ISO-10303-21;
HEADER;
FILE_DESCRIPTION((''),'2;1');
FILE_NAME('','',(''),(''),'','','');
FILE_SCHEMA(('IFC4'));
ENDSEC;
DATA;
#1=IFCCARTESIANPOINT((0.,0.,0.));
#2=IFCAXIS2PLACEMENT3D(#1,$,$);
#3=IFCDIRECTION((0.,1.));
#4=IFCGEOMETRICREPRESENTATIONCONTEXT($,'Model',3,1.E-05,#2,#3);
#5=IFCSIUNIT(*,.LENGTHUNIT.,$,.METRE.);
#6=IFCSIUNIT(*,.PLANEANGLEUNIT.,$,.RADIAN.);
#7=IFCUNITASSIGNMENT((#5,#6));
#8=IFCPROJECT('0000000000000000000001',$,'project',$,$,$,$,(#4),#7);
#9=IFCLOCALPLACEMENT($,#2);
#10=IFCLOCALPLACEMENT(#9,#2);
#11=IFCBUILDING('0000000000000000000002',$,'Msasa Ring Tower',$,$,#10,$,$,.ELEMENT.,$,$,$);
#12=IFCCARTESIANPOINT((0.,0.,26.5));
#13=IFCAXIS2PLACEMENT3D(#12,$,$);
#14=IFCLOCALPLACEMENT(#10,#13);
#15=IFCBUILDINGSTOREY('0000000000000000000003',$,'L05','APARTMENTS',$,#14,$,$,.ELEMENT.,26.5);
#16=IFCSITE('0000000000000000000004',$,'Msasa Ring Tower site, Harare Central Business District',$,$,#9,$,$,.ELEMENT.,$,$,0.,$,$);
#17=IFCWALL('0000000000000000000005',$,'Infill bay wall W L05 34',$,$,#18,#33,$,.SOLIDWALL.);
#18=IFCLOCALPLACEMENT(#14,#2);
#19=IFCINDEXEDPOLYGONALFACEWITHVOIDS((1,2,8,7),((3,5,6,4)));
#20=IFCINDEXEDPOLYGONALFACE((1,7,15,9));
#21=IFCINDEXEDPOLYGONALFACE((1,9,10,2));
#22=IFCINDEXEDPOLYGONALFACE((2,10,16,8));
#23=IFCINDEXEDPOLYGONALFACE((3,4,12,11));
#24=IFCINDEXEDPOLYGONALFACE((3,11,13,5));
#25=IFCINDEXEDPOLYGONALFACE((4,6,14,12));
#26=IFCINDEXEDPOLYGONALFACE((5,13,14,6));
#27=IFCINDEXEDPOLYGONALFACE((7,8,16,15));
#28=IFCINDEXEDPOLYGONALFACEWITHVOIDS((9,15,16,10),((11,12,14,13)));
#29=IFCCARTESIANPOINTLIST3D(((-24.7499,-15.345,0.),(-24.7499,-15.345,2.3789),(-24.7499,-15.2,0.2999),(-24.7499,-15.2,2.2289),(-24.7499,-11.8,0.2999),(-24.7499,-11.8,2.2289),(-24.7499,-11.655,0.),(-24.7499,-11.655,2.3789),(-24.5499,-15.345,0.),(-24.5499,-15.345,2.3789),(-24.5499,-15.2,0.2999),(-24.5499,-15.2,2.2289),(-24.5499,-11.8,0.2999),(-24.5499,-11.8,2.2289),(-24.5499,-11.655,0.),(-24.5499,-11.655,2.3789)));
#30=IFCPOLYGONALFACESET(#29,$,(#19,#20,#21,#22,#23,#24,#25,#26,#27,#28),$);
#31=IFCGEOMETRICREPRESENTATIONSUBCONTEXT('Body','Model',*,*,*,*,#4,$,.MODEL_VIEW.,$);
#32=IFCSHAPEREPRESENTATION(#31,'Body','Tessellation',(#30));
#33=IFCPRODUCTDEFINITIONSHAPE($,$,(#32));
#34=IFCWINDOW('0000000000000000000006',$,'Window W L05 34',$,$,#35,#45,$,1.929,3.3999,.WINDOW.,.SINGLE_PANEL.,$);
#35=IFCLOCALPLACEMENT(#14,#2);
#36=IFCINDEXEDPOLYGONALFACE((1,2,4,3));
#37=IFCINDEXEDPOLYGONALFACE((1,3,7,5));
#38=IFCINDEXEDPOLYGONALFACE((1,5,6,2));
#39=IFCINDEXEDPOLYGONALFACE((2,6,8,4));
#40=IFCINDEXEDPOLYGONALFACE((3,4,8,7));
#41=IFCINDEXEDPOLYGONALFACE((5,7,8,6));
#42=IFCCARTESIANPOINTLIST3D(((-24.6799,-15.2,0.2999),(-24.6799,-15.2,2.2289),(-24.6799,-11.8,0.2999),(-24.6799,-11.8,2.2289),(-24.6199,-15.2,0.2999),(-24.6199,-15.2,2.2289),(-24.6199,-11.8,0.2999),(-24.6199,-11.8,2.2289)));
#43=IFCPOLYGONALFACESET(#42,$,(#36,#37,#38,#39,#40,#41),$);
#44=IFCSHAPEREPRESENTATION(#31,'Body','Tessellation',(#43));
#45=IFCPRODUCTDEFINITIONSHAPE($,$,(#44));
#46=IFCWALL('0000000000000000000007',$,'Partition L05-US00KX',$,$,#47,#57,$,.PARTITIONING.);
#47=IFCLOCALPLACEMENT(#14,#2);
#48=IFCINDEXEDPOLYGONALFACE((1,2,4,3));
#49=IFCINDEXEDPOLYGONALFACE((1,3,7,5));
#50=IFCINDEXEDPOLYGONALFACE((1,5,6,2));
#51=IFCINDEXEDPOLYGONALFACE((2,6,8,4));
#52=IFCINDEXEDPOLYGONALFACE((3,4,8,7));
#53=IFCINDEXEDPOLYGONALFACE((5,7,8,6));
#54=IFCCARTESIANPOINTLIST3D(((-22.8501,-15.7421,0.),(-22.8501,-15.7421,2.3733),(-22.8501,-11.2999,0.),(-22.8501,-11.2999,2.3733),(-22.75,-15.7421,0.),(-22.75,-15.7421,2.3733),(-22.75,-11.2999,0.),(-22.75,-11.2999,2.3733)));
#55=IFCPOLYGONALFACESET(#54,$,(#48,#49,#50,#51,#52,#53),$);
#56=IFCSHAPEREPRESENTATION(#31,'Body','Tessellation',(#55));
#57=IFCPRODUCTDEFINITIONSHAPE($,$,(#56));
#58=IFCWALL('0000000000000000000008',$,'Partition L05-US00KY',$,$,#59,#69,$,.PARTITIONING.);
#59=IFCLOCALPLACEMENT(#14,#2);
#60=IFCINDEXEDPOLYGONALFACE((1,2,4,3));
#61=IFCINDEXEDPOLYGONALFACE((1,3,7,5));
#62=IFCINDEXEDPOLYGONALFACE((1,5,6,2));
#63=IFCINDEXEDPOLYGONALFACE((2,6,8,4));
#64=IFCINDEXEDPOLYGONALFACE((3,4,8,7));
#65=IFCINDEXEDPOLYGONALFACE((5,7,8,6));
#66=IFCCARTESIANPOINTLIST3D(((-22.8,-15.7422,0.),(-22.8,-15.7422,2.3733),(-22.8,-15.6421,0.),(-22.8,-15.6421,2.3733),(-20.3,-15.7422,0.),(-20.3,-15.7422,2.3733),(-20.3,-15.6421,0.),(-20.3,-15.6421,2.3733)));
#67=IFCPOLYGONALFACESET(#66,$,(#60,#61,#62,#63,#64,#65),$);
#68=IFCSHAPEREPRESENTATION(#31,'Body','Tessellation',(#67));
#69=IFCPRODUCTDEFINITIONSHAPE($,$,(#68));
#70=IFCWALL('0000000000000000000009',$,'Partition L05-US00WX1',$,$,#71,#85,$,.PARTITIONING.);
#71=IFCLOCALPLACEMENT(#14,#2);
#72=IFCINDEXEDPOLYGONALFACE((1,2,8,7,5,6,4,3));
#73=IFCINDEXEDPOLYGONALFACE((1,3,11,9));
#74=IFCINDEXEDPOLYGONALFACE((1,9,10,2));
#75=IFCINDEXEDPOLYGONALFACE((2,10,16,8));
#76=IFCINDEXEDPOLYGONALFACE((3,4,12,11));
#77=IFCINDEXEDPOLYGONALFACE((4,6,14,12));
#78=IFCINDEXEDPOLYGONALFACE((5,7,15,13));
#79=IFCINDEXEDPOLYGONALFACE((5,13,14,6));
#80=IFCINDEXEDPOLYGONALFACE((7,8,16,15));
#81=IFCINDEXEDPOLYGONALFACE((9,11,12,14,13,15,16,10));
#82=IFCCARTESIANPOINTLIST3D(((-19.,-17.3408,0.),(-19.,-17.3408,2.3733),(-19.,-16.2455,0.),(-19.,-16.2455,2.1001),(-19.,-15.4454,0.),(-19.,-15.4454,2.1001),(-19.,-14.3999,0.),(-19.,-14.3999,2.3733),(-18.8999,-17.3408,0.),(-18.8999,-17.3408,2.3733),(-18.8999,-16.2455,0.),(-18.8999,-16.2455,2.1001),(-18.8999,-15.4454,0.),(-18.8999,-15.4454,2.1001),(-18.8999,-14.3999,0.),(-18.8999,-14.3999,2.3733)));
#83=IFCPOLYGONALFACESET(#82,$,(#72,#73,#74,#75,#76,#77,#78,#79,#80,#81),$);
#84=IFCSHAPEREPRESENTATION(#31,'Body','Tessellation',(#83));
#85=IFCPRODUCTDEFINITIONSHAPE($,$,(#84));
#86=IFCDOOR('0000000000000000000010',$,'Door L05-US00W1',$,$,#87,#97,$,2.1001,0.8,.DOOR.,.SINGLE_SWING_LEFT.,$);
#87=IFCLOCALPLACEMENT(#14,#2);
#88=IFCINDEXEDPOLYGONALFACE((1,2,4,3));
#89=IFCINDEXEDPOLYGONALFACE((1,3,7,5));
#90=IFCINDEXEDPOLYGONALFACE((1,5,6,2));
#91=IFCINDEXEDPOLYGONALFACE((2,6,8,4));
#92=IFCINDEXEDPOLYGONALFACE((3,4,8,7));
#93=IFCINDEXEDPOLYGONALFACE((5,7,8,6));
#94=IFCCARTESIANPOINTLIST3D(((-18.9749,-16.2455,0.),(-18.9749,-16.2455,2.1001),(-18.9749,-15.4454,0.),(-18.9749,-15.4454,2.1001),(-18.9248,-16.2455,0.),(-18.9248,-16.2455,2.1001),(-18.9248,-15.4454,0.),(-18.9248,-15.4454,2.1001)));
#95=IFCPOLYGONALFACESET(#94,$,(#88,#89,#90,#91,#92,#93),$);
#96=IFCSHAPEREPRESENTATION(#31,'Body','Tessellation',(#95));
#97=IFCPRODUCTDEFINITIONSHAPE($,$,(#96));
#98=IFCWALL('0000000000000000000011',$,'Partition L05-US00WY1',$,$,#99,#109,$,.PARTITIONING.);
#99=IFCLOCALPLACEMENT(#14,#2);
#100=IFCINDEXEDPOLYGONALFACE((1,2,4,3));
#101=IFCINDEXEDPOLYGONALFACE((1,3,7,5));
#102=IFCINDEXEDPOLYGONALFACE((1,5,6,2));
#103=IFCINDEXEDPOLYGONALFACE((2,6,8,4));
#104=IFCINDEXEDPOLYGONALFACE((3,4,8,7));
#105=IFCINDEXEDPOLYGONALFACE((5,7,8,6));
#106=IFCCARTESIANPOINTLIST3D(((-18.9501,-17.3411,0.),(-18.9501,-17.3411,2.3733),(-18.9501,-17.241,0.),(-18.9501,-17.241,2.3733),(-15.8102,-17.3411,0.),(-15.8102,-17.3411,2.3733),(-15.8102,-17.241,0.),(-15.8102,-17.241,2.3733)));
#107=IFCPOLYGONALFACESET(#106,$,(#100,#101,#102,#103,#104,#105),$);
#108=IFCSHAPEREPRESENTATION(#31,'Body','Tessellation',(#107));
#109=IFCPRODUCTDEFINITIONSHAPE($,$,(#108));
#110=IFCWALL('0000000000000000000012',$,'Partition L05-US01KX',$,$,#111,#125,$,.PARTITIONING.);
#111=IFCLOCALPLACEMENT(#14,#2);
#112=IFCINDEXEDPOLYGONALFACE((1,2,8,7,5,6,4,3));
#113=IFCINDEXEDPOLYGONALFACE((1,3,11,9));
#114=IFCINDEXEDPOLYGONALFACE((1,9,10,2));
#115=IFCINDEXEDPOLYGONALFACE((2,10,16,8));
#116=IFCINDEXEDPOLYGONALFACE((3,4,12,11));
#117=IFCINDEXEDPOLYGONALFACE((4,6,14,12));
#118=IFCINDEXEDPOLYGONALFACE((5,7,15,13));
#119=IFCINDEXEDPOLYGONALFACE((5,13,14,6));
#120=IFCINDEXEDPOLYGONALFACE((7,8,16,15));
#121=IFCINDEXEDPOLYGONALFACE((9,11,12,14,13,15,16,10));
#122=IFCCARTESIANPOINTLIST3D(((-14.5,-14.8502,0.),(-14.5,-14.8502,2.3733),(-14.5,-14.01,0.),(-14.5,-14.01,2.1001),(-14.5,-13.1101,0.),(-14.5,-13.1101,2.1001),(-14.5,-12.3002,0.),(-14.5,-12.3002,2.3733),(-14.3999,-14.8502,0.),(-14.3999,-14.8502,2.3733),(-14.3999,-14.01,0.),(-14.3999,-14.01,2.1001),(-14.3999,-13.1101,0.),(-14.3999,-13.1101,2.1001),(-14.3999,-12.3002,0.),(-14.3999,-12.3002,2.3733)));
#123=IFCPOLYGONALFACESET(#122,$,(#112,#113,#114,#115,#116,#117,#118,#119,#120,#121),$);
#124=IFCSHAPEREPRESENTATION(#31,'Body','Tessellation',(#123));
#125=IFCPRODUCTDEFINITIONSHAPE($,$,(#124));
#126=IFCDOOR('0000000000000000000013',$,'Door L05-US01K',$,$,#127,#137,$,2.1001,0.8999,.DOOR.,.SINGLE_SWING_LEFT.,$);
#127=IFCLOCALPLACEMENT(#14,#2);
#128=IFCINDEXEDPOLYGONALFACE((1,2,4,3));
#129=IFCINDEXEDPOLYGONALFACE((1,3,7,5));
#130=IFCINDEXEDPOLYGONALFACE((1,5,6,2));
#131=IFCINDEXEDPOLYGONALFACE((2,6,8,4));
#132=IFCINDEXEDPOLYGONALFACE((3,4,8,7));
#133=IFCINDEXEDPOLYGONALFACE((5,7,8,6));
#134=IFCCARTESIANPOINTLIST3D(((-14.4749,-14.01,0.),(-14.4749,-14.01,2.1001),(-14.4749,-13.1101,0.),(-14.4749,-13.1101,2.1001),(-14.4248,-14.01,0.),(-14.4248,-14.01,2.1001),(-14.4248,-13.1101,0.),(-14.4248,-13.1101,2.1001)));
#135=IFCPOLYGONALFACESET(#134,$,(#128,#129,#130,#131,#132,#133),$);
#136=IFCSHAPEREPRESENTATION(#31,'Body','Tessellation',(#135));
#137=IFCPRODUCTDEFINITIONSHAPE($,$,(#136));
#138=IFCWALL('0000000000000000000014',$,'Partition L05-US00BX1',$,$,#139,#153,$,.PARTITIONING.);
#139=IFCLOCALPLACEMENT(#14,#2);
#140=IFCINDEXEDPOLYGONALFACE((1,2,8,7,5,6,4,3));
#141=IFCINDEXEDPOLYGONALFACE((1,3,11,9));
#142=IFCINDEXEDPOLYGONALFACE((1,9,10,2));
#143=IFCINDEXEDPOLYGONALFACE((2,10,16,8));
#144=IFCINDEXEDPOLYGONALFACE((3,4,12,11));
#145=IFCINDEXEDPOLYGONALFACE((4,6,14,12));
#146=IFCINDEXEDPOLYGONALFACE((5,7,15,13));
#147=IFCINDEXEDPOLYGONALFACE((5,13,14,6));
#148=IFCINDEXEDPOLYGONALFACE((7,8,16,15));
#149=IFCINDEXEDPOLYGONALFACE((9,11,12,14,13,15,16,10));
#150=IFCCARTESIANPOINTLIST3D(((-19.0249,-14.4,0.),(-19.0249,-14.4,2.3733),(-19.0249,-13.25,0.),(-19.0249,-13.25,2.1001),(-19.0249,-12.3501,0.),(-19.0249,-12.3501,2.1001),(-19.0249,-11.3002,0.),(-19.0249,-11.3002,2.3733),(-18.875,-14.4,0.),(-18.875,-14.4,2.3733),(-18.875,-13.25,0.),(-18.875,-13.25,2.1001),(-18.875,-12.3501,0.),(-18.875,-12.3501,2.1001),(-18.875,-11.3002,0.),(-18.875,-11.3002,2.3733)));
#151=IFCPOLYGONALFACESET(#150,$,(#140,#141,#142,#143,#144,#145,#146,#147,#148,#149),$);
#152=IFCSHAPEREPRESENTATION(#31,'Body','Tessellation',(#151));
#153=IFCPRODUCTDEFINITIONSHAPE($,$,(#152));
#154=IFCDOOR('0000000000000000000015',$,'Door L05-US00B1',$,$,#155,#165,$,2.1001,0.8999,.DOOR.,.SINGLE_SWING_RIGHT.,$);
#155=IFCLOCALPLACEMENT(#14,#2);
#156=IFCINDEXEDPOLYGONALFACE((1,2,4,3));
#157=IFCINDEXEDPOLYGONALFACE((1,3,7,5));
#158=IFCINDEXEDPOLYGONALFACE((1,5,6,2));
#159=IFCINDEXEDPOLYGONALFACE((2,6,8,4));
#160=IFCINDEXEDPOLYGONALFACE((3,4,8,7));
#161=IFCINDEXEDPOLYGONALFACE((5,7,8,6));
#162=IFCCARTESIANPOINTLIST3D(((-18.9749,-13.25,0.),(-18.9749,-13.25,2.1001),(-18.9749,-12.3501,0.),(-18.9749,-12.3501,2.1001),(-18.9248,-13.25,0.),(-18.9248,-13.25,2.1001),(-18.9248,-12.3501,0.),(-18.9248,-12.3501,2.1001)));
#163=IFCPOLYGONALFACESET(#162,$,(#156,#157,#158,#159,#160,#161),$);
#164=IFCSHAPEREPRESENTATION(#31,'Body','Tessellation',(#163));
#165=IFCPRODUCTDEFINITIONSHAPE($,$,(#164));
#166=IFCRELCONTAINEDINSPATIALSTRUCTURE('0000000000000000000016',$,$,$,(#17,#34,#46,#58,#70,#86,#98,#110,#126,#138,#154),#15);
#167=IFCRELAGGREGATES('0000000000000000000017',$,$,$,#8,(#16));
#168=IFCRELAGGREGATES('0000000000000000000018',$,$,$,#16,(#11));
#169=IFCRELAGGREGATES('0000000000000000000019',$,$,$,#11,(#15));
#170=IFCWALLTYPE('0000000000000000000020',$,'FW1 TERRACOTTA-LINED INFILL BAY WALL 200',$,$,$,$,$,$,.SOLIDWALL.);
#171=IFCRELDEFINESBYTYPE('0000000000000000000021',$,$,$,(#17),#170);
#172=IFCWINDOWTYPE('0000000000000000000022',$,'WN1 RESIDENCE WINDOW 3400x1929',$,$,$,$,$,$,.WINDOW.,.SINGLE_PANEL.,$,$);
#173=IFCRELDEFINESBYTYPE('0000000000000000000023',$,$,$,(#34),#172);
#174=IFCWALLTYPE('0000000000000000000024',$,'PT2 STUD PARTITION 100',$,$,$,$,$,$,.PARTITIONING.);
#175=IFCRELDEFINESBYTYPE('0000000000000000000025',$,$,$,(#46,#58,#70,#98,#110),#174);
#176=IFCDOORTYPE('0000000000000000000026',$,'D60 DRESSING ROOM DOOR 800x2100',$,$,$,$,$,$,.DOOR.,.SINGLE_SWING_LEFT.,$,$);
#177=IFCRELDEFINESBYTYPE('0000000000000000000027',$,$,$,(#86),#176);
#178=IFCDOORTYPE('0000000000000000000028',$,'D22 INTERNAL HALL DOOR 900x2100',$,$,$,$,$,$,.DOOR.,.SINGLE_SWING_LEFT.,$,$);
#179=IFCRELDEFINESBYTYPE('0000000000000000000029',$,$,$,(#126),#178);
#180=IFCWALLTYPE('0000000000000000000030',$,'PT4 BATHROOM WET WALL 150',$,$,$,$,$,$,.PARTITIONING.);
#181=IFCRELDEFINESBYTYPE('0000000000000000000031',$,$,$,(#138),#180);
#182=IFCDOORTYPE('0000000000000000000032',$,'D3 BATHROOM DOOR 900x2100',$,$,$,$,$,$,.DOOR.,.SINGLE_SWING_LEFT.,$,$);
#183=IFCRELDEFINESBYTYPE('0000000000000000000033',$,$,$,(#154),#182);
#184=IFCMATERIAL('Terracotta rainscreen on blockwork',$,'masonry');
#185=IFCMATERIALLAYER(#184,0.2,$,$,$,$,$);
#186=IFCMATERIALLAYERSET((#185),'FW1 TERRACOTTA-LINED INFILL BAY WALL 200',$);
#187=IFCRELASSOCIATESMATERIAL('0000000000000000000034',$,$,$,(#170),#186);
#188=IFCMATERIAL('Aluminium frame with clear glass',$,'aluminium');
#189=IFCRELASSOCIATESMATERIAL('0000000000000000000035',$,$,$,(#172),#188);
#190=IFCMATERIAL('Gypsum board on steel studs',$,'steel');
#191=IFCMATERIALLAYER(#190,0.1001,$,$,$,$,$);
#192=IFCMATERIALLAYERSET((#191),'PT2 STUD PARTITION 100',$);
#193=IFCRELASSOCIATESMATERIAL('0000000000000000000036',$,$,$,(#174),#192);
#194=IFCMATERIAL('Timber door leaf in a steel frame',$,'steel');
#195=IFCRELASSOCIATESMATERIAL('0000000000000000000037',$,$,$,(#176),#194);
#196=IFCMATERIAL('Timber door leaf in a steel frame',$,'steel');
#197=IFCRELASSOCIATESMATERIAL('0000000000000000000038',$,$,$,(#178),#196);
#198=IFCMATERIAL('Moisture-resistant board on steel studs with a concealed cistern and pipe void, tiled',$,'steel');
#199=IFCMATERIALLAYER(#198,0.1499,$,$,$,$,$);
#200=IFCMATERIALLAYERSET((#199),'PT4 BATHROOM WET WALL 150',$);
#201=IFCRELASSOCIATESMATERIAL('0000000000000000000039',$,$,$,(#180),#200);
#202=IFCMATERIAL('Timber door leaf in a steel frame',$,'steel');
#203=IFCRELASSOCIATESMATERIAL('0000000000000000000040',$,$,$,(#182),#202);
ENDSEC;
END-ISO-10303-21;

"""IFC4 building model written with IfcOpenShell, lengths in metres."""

from ifc_helpers import new_model, si_unit, direction, frame, frame_2d, origin, place, context, subcontext, project, spatial, rectangle, extrude, material, layer, layer_set, type_object, element, fill, save


model = new_model("IFC4")

# Units and contexts
model_context = context("Model", 3, precision=1e-05, world=origin(), true_north=direction((0.0, 1.0)))
body_context = subcontext(model_context, "Body", "Model", "MODEL_VIEW")
ifc_project = project(units=[si_unit("LENGTHUNIT", "METRE"), si_unit("PLANEANGLEUNIT", "RADIAN")], contexts=[model_context])

# Site, building, storey
site_placement = place(None, origin())
site = spatial("IfcSite", under=ifc_project, at=site_placement, Name="Msasa Ring Tower site, Harare Central Business District", CompositionType="ELEMENT", RefElevation=0.0)
building_placement = place(site_placement, origin())
building = spatial("IfcBuilding", under=site, at=building_placement, Name="Msasa Ring Tower", CompositionType="ELEMENT")
storey_placement = place(building_placement, frame((0.0, 0.0, 26.5)))
storey = spatial("IfcBuildingStorey", under=building, at=storey_placement, Name="L05", Description="APARTMENTS", CompositionType="ELEMENT", Elevation=26.5)

# Wall, opening, window
ifc_material_1 = material(Name="Terracotta rainscreen on blockwork", Category="masonry")
ifc_layer_1 = layer(ifc_material_1, 0.2)
ifc_layer_set_1 = layer_set([ifc_layer_1], Name="FW1 TERRACOTTA-LINED INFILL BAY WALL 200")
wall_type_1 = type_object("IfcWallType", Name="FW1 TERRACOTTA-LINED INFILL BAY WALL 200", PredefinedType="SOLIDWALL", material=ifc_layer_set_1)
ifc_material_2 = material(Name="Aluminium frame with clear glass", Category="aluminium")
window_type = type_object("IfcWindowType", Name="WN1 RESIDENCE WINDOW 3400x1929", PartitioningType="SINGLE_PANEL", PredefinedType="WINDOW", material=ifc_material_2)
wall_1_placement = place(storey_placement, frame((-24.6499, -15.345, 0.0), z_axis=(0.0, 0.0, 1.0), x_axis=(0.0, 1.0, 0.0)))
wall_1 = element("IfcWall", 1, at=wall_1_placement, inside=storey, type_object=wall_type_1, Name="Infill bay wall W L05 34", PredefinedType="SOLIDWALL", context=body_context, shape_type="SweptSolid", body=[
    extrude(rectangle(XDim=3.6899, YDim=0.2, at=frame_2d((1.845, 0.0))), origin(), (0.0, 0.0, 1.0), 2.3789),
])
opening_1_placement = place(wall_1_placement, frame((0.145, 0.0, 0.3)))
opening_1 = element("IfcOpeningElement", 2, at=opening_1_placement, cuts=wall_1, PredefinedType="OPENING", context=body_context, shape_type="SweptSolid", body=[
    extrude(rectangle(XDim=3.3999, YDim=1.929, at=frame_2d((1.7, 0.9644))), frame((0.0, 0.1099, 0.0), z_axis=(0.0, -1.0, 0.0), x_axis=(1.0, 0.0, 0.0)), (0.0, 0.0, 1.0), 0.22),
])
window_1_placement = place(opening_1_placement, origin())
window_1 = element("IfcWindow", 3, at=window_1_placement, inside=storey, type_object=window_type, Name="Window W L05 34", OverallHeight=1.929, OverallWidth=3.3999, PartitioningType="SINGLE_PANEL", PredefinedType="WINDOW", context=body_context, shape_type="SweptSolid", body=[
    extrude(rectangle(XDim=3.3999, YDim=1.929, at=frame_2d((1.7, 0.9644))), frame((0.0, 0.03, 0.0), z_axis=(0.0, -1.0, 0.0), x_axis=(1.0, 0.0, 0.0)), (0.0, 0.0, 1.0), 0.0601),
])
fill(opening_1, window_1)

# Walls
ifc_material_3 = material(Name="Gypsum board on steel studs", Category="steel")
ifc_layer_2 = layer(ifc_material_3, 0.1001)
ifc_layer_set_2 = layer_set([ifc_layer_2], Name="PT2 STUD PARTITION 100")
wall_type_2 = type_object("IfcWallType", Name="PT2 STUD PARTITION 100", PredefinedType="PARTITIONING", material=ifc_layer_set_2)
wall_2_placement = place(storey_placement, frame((-22.8, -15.7422, 0.0), z_axis=(0.0, 0.0, 1.0), x_axis=(0.0, 1.0, 0.0)))
element("IfcWall", 4, at=wall_2_placement, inside=storey, type_object=wall_type_2, Name="Partition L05-US00KX", PredefinedType="PARTITIONING", context=body_context, shape_type="SweptSolid", body=[
    extrude(rectangle(XDim=4.4421, YDim=0.1001, at=frame_2d((2.2212, 0.0))), origin(), (0.0, 0.0, 1.0), 2.3733),
])
wall_3_placement = place(storey_placement, frame((-22.8, -15.6921, 0.0), z_axis=(0.0, 0.0, 1.0), x_axis=(1.0, 0.0, 0.0)))
element("IfcWall", 5, at=wall_3_placement, inside=storey, type_object=wall_type_2, Name="Partition L05-US00KY", PredefinedType="PARTITIONING", context=body_context, shape_type="SweptSolid", body=[
    extrude(rectangle(XDim=2.5, YDim=0.1001, at=frame_2d((1.25, 0.0))), origin(), (0.0, 0.0, 1.0), 2.3733),
])

# Wall, opening, door
wall_4_placement = place(storey_placement, frame((-18.95, -17.3408, 0.0), z_axis=(0.0, 0.0, 1.0), x_axis=(0.0, 1.0, 0.0)))
wall_4 = element("IfcWall", 6, at=wall_4_placement, inside=storey, type_object=wall_type_2, Name="Partition L05-US00WX1", PredefinedType="PARTITIONING", context=body_context, shape_type="SweptSolid", body=[
    extrude(rectangle(XDim=2.9409, YDim=0.1001, at=frame_2d((1.4705, 0.0))), origin(), (0.0, 0.0, 1.0), 2.3733),
])
opening_2_placement = place(wall_4_placement, frame((1.0955, 0.0, 0.0)))
opening_2 = element("IfcOpeningElement", 7, at=opening_2_placement, cuts=wall_4, PredefinedType="OPENING", context=body_context, shape_type="SweptSolid", body=[
    extrude(rectangle(XDim=0.8, YDim=2.1001, at=frame_2d((0.3999, 1.05))), frame((0.0, 0.0601, 0.0), z_axis=(0.0, -1.0, 0.0), x_axis=(1.0, 0.0, 0.0)), (0.0, 0.0, 1.0), 0.1201),
])
ifc_material_4 = material(Name="Timber door leaf in a steel frame", Category="steel")
door_type_1 = type_object("IfcDoorType", Name="D60 DRESSING ROOM DOOR 800x2100", OperationType="SINGLE_SWING_LEFT", PredefinedType="DOOR", material=ifc_material_4)
door_1_placement = place(opening_2_placement, origin())
door_1 = element("IfcDoor", 8, at=door_1_placement, inside=storey, type_object=door_type_1, Name="Door L05-US00W1", OperationType="SINGLE_SWING_LEFT", OverallHeight=2.1001, OverallWidth=0.8, PredefinedType="DOOR", context=body_context, shape_type="SweptSolid", body=[
    extrude(rectangle(XDim=0.8, YDim=2.1001, at=frame_2d((0.3999, 1.05))), frame((0.0, 0.0249, 0.0), z_axis=(0.0, -1.0, 0.0), x_axis=(1.0, 0.0, 0.0)), (0.0, 0.0, 1.0), 0.05),
])
fill(opening_2, door_1)

# Wall
wall_5_placement = place(storey_placement, frame((-18.95, -17.291, 0.0), z_axis=(0.0, 0.0, 1.0), x_axis=(1.0, 0.0, 0.0)))
element("IfcWall", 9, at=wall_5_placement, inside=storey, type_object=wall_type_2, Name="Partition L05-US00WY1", PredefinedType="PARTITIONING", context=body_context, shape_type="SweptSolid", body=[
    extrude(rectangle(XDim=3.1399, YDim=0.1001, at=frame_2d((1.5698, 0.0))), origin(), (0.0, 0.0, 1.0), 2.3733),
])

# Walls, openings, doors
wall_6_placement = place(storey_placement, frame((-14.45, -14.8501, 0.0), z_axis=(0.0, 0.0, 1.0), x_axis=(0.0, 1.0, 0.0)))
wall_6 = element("IfcWall", 10, at=wall_6_placement, inside=storey, type_object=wall_type_2, Name="Partition L05-US01KX", PredefinedType="PARTITIONING", context=body_context, shape_type="SweptSolid", body=[
    extrude(rectangle(XDim=2.55, YDim=0.1001, at=frame_2d((1.2749, 0.0))), origin(), (0.0, 0.0, 1.0), 2.3733),
])
opening_3_placement = place(wall_6_placement, frame((0.8401, 0.0, 0.0)))
opening_3 = element("IfcOpeningElement", 11, at=opening_3_placement, cuts=wall_6, PredefinedType="OPENING", context=body_context, shape_type="SweptSolid", body=[
    extrude(rectangle(XDim=0.8999, YDim=2.1001, at=frame_2d((0.45, 1.05))), frame((0.0, 0.0601, 0.0), z_axis=(0.0, -1.0, 0.0), x_axis=(1.0, 0.0, 0.0)), (0.0, 0.0, 1.0), 0.1201),
])
ifc_material_5 = material(Name="Timber door leaf in a steel frame", Category="steel")
door_type_2 = type_object("IfcDoorType", Name="D22 INTERNAL HALL DOOR 900x2100", OperationType="SINGLE_SWING_LEFT", PredefinedType="DOOR", material=ifc_material_5)
door_2_placement = place(opening_3_placement, origin())
door_2 = element("IfcDoor", 12, at=door_2_placement, inside=storey, type_object=door_type_2, Name="Door L05-US01K", OperationType="SINGLE_SWING_LEFT", OverallHeight=2.1001, OverallWidth=0.8999, PredefinedType="DOOR", context=body_context, shape_type="SweptSolid", body=[
    extrude(rectangle(XDim=0.8999, YDim=2.1001, at=frame_2d((0.45, 1.05))), frame((0.0, 0.0249, 0.0), z_axis=(0.0, -1.0, 0.0), x_axis=(1.0, 0.0, 0.0)), (0.0, 0.0, 1.0), 0.05),
])
fill(opening_3, door_2)
ifc_material_6 = material(Name="Moisture-resistant board on steel studs with a concealed cistern and pipe void, tiled", Category="steel")
ifc_layer_3 = layer(ifc_material_6, 0.1499)
ifc_layer_set_3 = layer_set([ifc_layer_3], Name="PT4 BATHROOM WET WALL 150")
wall_type_3 = type_object("IfcWallType", Name="PT4 BATHROOM WET WALL 150", PredefinedType="PARTITIONING", material=ifc_layer_set_3)
wall_7_placement = place(storey_placement, frame((-18.95, -14.3999, 0.0), z_axis=(0.0, 0.0, 1.0), x_axis=(0.0, 1.0, 0.0)))
wall_7 = element("IfcWall", 13, at=wall_7_placement, inside=storey, type_object=wall_type_3, Name="Partition L05-US00BX1", PredefinedType="PARTITIONING", context=body_context, shape_type="SweptSolid", body=[
    extrude(rectangle(XDim=3.0999, YDim=0.1499, at=frame_2d((1.5498, 0.0))), origin(), (0.0, 0.0, 1.0), 2.3733),
])
opening_4_placement = place(wall_7_placement, frame((1.1499, 0.0, 0.0)))
opening_4 = element("IfcOpeningElement", 14, at=opening_4_placement, cuts=wall_7, PredefinedType="OPENING", context=body_context, shape_type="SweptSolid", body=[
    extrude(rectangle(XDim=0.8999, YDim=2.1001, at=frame_2d((0.45, 1.05))), frame((0.0, 0.085, 0.0), z_axis=(0.0, -1.0, 0.0), x_axis=(1.0, 0.0, 0.0)), (0.0, 0.0, 1.0), 0.1699),
])
ifc_material_7 = material(Name="Timber door leaf in a steel frame", Category="steel")
door_type_3 = type_object("IfcDoorType", Name="D3 BATHROOM DOOR 900x2100", OperationType="SINGLE_SWING_LEFT", PredefinedType="DOOR", material=ifc_material_7)
door_3_placement = place(opening_4_placement, origin())
door_3 = element("IfcDoor", 15, at=door_3_placement, inside=storey, type_object=door_type_3, Name="Door L05-US00B1", OperationType="SINGLE_SWING_RIGHT", OverallHeight=2.1001, OverallWidth=0.8999, PredefinedType="DOOR", context=body_context, shape_type="SweptSolid", body=[
    extrude(rectangle(XDim=0.8999, YDim=2.1001, at=frame_2d((0.45, 1.05))), frame((0.0, 0.0249, 0.0), z_axis=(0.0, -1.0, 0.0), x_axis=(1.0, 0.0, 0.0)), (0.0, 0.0, 1.0), 0.05),
])
fill(opening_4, door_3)

save(model, "model.ifc")
